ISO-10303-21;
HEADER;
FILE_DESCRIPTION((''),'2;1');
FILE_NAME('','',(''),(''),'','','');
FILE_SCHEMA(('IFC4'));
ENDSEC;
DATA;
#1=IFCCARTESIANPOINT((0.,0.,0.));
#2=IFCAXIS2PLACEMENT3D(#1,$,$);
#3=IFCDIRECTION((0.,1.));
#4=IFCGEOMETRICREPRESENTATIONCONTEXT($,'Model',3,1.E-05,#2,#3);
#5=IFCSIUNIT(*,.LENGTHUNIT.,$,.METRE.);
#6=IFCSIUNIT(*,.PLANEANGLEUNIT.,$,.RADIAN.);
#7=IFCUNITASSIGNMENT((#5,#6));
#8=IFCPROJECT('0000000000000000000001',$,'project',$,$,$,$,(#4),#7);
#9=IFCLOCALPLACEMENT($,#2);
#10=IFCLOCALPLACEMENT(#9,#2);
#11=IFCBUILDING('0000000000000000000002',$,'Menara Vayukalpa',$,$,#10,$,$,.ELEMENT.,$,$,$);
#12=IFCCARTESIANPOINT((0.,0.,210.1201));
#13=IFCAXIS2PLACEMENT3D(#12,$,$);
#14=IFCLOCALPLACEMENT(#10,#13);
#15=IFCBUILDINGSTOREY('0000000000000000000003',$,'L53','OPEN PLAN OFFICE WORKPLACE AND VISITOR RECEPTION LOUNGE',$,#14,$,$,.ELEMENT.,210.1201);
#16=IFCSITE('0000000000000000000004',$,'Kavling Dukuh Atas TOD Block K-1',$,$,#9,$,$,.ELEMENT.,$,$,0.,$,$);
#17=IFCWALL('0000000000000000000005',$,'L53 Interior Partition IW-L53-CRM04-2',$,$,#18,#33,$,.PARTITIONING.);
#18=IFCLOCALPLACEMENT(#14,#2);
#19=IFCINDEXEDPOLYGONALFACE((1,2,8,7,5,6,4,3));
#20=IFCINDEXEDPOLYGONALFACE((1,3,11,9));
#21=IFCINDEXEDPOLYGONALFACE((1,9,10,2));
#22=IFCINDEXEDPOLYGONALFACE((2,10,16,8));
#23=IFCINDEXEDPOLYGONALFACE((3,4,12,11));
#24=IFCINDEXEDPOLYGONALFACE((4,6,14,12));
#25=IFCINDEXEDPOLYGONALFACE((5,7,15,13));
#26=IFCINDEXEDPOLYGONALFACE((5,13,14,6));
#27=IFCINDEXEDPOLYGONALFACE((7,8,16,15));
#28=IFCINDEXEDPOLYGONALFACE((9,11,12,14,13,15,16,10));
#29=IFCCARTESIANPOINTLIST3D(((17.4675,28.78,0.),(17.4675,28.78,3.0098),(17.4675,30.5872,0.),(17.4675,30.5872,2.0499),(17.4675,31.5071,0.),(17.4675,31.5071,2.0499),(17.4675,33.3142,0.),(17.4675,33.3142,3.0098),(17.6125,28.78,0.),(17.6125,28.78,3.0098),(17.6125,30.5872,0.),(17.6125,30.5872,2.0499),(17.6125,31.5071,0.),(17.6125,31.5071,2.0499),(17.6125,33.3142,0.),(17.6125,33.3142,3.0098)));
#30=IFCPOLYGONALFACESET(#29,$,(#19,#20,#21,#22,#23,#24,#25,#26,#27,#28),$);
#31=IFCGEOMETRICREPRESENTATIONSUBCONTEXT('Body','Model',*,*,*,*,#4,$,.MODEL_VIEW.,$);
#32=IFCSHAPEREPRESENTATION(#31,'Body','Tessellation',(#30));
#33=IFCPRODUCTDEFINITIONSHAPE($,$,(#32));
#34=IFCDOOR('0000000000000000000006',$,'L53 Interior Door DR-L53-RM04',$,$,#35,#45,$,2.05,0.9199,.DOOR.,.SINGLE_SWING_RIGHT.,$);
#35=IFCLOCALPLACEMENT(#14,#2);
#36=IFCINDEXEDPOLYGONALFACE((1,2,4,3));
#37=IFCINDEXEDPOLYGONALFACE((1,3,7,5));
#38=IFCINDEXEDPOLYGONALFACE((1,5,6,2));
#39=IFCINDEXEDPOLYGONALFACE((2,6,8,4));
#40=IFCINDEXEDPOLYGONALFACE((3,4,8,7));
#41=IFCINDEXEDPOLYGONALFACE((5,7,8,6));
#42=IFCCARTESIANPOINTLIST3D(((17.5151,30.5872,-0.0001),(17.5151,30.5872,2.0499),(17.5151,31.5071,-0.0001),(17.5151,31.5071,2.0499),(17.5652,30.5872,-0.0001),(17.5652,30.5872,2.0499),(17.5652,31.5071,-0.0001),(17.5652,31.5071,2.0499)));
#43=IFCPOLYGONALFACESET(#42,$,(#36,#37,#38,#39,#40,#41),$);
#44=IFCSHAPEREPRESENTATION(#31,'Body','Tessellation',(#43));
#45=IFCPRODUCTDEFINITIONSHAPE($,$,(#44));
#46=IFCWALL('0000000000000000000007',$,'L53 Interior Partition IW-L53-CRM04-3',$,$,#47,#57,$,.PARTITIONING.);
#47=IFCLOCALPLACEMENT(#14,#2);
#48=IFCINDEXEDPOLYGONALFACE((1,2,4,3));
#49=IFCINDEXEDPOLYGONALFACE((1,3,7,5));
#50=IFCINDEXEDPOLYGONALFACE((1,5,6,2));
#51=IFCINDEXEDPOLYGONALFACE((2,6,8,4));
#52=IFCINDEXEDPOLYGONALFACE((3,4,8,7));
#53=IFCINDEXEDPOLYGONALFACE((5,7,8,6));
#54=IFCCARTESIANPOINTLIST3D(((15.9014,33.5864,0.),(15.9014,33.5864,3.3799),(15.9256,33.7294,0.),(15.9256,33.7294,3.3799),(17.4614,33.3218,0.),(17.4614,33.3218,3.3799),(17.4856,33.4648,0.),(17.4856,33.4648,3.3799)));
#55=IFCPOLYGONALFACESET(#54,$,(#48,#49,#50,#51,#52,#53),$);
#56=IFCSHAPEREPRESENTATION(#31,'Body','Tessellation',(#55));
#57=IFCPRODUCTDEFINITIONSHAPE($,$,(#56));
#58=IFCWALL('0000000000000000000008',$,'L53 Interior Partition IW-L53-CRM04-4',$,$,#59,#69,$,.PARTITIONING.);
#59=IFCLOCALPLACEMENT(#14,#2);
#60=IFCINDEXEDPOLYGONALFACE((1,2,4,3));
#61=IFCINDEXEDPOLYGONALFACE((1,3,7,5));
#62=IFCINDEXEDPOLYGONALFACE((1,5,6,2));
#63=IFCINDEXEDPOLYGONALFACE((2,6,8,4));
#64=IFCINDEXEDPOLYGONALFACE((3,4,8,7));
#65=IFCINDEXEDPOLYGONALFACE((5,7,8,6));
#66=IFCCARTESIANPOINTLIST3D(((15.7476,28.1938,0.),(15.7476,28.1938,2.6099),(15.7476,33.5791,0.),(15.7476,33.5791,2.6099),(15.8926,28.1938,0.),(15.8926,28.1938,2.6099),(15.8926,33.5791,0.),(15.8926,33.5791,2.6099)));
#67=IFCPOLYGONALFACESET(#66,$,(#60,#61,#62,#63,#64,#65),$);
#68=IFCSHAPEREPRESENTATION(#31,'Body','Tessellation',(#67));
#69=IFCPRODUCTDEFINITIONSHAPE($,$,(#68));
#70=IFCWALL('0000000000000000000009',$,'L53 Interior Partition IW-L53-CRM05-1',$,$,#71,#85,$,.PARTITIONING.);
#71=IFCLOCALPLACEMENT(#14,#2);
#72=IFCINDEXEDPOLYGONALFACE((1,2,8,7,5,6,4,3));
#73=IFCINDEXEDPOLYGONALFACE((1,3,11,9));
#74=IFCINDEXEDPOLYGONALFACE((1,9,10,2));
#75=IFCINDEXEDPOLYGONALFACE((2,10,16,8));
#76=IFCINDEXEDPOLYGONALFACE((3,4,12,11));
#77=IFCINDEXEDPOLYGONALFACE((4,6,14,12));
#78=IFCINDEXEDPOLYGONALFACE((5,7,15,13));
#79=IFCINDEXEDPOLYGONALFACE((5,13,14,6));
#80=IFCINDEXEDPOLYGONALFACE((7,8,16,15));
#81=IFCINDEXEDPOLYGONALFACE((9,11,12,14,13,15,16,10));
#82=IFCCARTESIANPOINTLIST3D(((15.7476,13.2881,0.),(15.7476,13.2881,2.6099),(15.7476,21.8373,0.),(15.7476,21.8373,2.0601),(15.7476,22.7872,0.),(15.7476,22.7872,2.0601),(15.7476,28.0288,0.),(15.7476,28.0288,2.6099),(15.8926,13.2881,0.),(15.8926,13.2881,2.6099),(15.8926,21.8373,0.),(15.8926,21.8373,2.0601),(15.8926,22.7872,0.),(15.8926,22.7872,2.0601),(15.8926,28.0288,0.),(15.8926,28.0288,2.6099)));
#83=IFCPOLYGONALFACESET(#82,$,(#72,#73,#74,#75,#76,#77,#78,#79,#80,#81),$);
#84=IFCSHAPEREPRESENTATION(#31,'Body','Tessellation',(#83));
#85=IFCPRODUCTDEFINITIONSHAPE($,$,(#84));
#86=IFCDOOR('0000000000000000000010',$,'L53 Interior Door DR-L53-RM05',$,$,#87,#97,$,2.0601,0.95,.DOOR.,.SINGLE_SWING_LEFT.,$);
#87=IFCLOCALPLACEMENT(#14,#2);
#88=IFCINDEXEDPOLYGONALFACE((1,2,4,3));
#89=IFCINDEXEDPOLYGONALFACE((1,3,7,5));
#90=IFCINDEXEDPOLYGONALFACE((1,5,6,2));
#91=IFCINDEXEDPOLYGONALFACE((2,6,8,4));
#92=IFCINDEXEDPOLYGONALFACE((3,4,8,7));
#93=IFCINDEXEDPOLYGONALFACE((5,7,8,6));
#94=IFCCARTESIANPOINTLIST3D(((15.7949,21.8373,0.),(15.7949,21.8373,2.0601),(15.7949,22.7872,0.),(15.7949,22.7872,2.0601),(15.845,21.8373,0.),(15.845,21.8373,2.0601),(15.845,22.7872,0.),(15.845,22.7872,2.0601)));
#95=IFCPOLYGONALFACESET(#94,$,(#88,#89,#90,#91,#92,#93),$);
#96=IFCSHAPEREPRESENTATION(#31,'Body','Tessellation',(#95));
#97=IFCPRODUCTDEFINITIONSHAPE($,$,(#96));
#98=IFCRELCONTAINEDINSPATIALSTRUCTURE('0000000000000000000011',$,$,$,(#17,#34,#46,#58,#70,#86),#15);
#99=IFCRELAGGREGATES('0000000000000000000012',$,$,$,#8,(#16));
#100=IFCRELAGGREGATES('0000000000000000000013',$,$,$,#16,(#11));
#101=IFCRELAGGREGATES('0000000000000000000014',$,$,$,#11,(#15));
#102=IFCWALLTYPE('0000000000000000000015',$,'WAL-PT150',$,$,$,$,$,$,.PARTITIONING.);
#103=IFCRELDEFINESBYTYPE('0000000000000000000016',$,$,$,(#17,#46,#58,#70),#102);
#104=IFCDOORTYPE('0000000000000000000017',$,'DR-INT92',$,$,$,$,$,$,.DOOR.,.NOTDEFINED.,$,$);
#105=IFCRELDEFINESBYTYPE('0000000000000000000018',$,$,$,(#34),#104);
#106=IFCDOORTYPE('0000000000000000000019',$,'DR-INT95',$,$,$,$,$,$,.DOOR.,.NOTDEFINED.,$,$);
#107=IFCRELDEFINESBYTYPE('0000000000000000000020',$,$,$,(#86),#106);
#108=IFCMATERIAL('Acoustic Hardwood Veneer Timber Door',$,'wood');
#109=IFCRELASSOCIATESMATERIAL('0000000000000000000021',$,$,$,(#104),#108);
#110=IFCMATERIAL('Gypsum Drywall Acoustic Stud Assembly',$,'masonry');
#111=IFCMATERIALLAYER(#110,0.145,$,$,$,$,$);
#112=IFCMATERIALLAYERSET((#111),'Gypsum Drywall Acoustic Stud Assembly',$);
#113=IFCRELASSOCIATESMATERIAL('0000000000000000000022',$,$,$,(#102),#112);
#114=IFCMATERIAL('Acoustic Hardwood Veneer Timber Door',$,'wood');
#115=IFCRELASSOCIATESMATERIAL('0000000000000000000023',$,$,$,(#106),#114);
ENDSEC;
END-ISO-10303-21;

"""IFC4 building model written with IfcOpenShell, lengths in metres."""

from ifc_helpers import new_model, si_unit, direction, frame, frame_2d, origin, place, context, subcontext, project, spatial, rectangle, extrude, material, layer, layer_set, type_object, element, fill, save


model = new_model("IFC4")

# Units and contexts
model_context = context("Model", 3, precision=1e-05, world=origin(), true_north=direction((0.0, 1.0)))
body_context = subcontext(model_context, "Body", "Model", "MODEL_VIEW")
ifc_project = project(units=[si_unit("LENGTHUNIT", "METRE"), si_unit("PLANEANGLEUNIT", "RADIAN")], contexts=[model_context])

# Site, building, storey
site_placement = place(None, origin())
site = spatial("IfcSite", under=ifc_project, at=site_placement, Name="Kavling Dukuh Atas TOD Block K-1", CompositionType="ELEMENT", RefElevation=0.0)
building_placement = place(site_placement, origin())
building = spatial("IfcBuilding", under=site, at=building_placement, Name="Menara Vayukalpa", CompositionType="ELEMENT")
storey_placement = place(building_placement, frame((0.0, 0.0, 210.1201)))
storey = spatial("IfcBuildingStorey", under=building, at=storey_placement, Name="L53", Description="OPEN PLAN OFFICE WORKPLACE AND VISITOR RECEPTION LOUNGE", CompositionType="ELEMENT", Elevation=210.1201)

# Wall, opening, door
ifc_material_1 = material(Name="Acoustic Hardwood Veneer Timber Door", Category="wood")
door_type_1 = type_object("IfcDoorType", Name="DR-INT92", OperationType="NOTDEFINED", PredefinedType="DOOR", material=ifc_material_1)
ifc_material_2 = material(Name="Gypsum Drywall Acoustic Stud Assembly", Category="masonry")
ifc_layer_1 = layer(ifc_material_2, 0.145)
ifc_layer_set_1 = layer_set([ifc_layer_1], Name="Gypsum Drywall Acoustic Stud Assembly")
wall_type_1 = type_object("IfcWallType", Name="WAL-PT150", PredefinedType="PARTITIONING", material=ifc_layer_set_1)
wall_1_placement = place(storey_placement, frame((17.54, 28.78, 0.0), z_axis=(0.0, 0.0, 1.0), x_axis=(0.0, 1.0, 0.0)))
wall_1 = element("IfcWall", 1, at=wall_1_placement, inside=storey, type_object=wall_type_1, Name="L53 Interior Partition IW-L53-CRM04-2", PredefinedType="PARTITIONING", context=body_context, shape_type="SweptSolid", body=[
    extrude(rectangle(XDim=4.5342, YDim=0.145, at=frame_2d((2.2671, 0.0))), origin(), (0.0, 0.0, 1.0), 3.0098),
])
opening_1_placement = place(wall_1_placement, frame((1.8071, 0.0, 0.0)))
opening_1 = element("IfcOpeningElement", 2, at=opening_1_placement, cuts=wall_1, PredefinedType="OPENING", context=body_context, shape_type="SweptSolid", body=[
    extrude(rectangle(XDim=0.9199, YDim=2.05, at=frame_2d((0.46, 1.0249))), frame((0.0, 0.0825, 0.0), z_axis=(0.0, -1.0, 0.0), x_axis=(1.0, 0.0, 0.0)), (0.0, 0.0, 1.0), 0.165),
])
door_1_placement = place(opening_1_placement, origin())
door_1 = element("IfcDoor", 3, at=door_1_placement, inside=storey, type_object=door_type_1, Name="L53 Interior Door DR-L53-RM04", OperationType="SINGLE_SWING_RIGHT", OverallHeight=2.05, OverallWidth=0.9199, PredefinedType="DOOR", context=body_context, shape_type="SweptSolid", body=[
    extrude(rectangle(XDim=0.9199, YDim=2.05, at=frame_2d((0.46, 1.0249))), frame((0.0, 0.0249, 0.0), z_axis=(0.0, -1.0, 0.0), x_axis=(1.0, 0.0, 0.0)), (0.0, 0.0, 1.0), 0.05),
])
fill(opening_1, door_1)

# Walls
wall_2_placement = place(storey_placement, frame((17.4734, 33.3933, 0.0), z_axis=(0.0, 0.0, 1.0), x_axis=(-0.985914, 0.167251, 0.0)))
element("IfcWall", 4, at=wall_2_placement, inside=storey, type_object=wall_type_1, Name="L53 Interior Partition IW-L53-CRM04-3", PredefinedType="PARTITIONING", context=body_context, shape_type="SweptSolid", body=[
    extrude(rectangle(XDim=1.5823, YDim=0.145, at=frame_2d((0.791, 0.0))), origin(), (0.0, 0.0, 1.0), 3.3799),
])
wall_3_placement = place(storey_placement, frame((15.8201, 33.5791, 0.0), z_axis=(0.0, 0.0, 1.0), x_axis=(0.0, -1.0, 0.0)))
element("IfcWall", 5, at=wall_3_placement, inside=storey, type_object=wall_type_1, Name="L53 Interior Partition IW-L53-CRM04-4", PredefinedType="PARTITIONING", context=body_context, shape_type="SweptSolid", body=[
    extrude(rectangle(XDim=5.3853, YDim=0.145, at=frame_2d((2.6926, 0.0))), origin(), (0.0, 0.0, 1.0), 2.6099),
])

# Wall, opening, door
wall_4_placement = place(storey_placement, frame((15.8201, 28.0288, 0.0), z_axis=(0.0, 0.0, 1.0), x_axis=(0.0, -1.0, 0.0)))
wall_4 = element("IfcWall", 6, at=wall_4_placement, inside=storey, type_object=wall_type_1, Name="L53 Interior Partition IW-L53-CRM05-1", PredefinedType="PARTITIONING", context=body_context, shape_type="SweptSolid", body=[
    extrude(rectangle(XDim=14.7407, YDim=0.145, at=frame_2d((7.3704, 0.0))), origin(), (0.0, 0.0, 1.0), 2.6099),
])
opening_2_placement = place(wall_4_placement, frame((5.2415, 0.0, 0.0)))
opening_2 = element("IfcOpeningElement", 7, at=opening_2_placement, cuts=wall_4, PredefinedType="OPENING", context=body_context, shape_type="SweptSolid", body=[
    extrude(rectangle(XDim=0.95, YDim=2.0601, at=frame_2d((0.4751, 1.03))), frame((0.0, 0.0825, 0.0), z_axis=(0.0, -1.0, 0.0), x_axis=(1.0, 0.0, 0.0)), (0.0, 0.0, 1.0), 0.165),
])
ifc_material_3 = material(Name="Acoustic Hardwood Veneer Timber Door", Category="wood")
door_type_2 = type_object("IfcDoorType", Name="DR-INT95", OperationType="NOTDEFINED", PredefinedType="DOOR", material=ifc_material_3)
door_2_placement = place(opening_2_placement, origin())
door_2 = element("IfcDoor", 8, at=door_2_placement, inside=storey, type_object=door_type_2, Name="L53 Interior Door DR-L53-RM05", OperationType="SINGLE_SWING_LEFT", OverallHeight=2.0601, OverallWidth=0.95, PredefinedType="DOOR", context=body_context, shape_type="SweptSolid", body=[
    extrude(rectangle(XDim=0.95, YDim=2.0601, at=frame_2d((0.4751, 1.03))), frame((0.0, 0.0249, 0.0), z_axis=(0.0, -1.0, 0.0), x_axis=(1.0, 0.0, 0.0)), (0.0, 0.0, 1.0), 0.05),
])
fill(opening_2, door_2)

save(model, "model.ifc")
